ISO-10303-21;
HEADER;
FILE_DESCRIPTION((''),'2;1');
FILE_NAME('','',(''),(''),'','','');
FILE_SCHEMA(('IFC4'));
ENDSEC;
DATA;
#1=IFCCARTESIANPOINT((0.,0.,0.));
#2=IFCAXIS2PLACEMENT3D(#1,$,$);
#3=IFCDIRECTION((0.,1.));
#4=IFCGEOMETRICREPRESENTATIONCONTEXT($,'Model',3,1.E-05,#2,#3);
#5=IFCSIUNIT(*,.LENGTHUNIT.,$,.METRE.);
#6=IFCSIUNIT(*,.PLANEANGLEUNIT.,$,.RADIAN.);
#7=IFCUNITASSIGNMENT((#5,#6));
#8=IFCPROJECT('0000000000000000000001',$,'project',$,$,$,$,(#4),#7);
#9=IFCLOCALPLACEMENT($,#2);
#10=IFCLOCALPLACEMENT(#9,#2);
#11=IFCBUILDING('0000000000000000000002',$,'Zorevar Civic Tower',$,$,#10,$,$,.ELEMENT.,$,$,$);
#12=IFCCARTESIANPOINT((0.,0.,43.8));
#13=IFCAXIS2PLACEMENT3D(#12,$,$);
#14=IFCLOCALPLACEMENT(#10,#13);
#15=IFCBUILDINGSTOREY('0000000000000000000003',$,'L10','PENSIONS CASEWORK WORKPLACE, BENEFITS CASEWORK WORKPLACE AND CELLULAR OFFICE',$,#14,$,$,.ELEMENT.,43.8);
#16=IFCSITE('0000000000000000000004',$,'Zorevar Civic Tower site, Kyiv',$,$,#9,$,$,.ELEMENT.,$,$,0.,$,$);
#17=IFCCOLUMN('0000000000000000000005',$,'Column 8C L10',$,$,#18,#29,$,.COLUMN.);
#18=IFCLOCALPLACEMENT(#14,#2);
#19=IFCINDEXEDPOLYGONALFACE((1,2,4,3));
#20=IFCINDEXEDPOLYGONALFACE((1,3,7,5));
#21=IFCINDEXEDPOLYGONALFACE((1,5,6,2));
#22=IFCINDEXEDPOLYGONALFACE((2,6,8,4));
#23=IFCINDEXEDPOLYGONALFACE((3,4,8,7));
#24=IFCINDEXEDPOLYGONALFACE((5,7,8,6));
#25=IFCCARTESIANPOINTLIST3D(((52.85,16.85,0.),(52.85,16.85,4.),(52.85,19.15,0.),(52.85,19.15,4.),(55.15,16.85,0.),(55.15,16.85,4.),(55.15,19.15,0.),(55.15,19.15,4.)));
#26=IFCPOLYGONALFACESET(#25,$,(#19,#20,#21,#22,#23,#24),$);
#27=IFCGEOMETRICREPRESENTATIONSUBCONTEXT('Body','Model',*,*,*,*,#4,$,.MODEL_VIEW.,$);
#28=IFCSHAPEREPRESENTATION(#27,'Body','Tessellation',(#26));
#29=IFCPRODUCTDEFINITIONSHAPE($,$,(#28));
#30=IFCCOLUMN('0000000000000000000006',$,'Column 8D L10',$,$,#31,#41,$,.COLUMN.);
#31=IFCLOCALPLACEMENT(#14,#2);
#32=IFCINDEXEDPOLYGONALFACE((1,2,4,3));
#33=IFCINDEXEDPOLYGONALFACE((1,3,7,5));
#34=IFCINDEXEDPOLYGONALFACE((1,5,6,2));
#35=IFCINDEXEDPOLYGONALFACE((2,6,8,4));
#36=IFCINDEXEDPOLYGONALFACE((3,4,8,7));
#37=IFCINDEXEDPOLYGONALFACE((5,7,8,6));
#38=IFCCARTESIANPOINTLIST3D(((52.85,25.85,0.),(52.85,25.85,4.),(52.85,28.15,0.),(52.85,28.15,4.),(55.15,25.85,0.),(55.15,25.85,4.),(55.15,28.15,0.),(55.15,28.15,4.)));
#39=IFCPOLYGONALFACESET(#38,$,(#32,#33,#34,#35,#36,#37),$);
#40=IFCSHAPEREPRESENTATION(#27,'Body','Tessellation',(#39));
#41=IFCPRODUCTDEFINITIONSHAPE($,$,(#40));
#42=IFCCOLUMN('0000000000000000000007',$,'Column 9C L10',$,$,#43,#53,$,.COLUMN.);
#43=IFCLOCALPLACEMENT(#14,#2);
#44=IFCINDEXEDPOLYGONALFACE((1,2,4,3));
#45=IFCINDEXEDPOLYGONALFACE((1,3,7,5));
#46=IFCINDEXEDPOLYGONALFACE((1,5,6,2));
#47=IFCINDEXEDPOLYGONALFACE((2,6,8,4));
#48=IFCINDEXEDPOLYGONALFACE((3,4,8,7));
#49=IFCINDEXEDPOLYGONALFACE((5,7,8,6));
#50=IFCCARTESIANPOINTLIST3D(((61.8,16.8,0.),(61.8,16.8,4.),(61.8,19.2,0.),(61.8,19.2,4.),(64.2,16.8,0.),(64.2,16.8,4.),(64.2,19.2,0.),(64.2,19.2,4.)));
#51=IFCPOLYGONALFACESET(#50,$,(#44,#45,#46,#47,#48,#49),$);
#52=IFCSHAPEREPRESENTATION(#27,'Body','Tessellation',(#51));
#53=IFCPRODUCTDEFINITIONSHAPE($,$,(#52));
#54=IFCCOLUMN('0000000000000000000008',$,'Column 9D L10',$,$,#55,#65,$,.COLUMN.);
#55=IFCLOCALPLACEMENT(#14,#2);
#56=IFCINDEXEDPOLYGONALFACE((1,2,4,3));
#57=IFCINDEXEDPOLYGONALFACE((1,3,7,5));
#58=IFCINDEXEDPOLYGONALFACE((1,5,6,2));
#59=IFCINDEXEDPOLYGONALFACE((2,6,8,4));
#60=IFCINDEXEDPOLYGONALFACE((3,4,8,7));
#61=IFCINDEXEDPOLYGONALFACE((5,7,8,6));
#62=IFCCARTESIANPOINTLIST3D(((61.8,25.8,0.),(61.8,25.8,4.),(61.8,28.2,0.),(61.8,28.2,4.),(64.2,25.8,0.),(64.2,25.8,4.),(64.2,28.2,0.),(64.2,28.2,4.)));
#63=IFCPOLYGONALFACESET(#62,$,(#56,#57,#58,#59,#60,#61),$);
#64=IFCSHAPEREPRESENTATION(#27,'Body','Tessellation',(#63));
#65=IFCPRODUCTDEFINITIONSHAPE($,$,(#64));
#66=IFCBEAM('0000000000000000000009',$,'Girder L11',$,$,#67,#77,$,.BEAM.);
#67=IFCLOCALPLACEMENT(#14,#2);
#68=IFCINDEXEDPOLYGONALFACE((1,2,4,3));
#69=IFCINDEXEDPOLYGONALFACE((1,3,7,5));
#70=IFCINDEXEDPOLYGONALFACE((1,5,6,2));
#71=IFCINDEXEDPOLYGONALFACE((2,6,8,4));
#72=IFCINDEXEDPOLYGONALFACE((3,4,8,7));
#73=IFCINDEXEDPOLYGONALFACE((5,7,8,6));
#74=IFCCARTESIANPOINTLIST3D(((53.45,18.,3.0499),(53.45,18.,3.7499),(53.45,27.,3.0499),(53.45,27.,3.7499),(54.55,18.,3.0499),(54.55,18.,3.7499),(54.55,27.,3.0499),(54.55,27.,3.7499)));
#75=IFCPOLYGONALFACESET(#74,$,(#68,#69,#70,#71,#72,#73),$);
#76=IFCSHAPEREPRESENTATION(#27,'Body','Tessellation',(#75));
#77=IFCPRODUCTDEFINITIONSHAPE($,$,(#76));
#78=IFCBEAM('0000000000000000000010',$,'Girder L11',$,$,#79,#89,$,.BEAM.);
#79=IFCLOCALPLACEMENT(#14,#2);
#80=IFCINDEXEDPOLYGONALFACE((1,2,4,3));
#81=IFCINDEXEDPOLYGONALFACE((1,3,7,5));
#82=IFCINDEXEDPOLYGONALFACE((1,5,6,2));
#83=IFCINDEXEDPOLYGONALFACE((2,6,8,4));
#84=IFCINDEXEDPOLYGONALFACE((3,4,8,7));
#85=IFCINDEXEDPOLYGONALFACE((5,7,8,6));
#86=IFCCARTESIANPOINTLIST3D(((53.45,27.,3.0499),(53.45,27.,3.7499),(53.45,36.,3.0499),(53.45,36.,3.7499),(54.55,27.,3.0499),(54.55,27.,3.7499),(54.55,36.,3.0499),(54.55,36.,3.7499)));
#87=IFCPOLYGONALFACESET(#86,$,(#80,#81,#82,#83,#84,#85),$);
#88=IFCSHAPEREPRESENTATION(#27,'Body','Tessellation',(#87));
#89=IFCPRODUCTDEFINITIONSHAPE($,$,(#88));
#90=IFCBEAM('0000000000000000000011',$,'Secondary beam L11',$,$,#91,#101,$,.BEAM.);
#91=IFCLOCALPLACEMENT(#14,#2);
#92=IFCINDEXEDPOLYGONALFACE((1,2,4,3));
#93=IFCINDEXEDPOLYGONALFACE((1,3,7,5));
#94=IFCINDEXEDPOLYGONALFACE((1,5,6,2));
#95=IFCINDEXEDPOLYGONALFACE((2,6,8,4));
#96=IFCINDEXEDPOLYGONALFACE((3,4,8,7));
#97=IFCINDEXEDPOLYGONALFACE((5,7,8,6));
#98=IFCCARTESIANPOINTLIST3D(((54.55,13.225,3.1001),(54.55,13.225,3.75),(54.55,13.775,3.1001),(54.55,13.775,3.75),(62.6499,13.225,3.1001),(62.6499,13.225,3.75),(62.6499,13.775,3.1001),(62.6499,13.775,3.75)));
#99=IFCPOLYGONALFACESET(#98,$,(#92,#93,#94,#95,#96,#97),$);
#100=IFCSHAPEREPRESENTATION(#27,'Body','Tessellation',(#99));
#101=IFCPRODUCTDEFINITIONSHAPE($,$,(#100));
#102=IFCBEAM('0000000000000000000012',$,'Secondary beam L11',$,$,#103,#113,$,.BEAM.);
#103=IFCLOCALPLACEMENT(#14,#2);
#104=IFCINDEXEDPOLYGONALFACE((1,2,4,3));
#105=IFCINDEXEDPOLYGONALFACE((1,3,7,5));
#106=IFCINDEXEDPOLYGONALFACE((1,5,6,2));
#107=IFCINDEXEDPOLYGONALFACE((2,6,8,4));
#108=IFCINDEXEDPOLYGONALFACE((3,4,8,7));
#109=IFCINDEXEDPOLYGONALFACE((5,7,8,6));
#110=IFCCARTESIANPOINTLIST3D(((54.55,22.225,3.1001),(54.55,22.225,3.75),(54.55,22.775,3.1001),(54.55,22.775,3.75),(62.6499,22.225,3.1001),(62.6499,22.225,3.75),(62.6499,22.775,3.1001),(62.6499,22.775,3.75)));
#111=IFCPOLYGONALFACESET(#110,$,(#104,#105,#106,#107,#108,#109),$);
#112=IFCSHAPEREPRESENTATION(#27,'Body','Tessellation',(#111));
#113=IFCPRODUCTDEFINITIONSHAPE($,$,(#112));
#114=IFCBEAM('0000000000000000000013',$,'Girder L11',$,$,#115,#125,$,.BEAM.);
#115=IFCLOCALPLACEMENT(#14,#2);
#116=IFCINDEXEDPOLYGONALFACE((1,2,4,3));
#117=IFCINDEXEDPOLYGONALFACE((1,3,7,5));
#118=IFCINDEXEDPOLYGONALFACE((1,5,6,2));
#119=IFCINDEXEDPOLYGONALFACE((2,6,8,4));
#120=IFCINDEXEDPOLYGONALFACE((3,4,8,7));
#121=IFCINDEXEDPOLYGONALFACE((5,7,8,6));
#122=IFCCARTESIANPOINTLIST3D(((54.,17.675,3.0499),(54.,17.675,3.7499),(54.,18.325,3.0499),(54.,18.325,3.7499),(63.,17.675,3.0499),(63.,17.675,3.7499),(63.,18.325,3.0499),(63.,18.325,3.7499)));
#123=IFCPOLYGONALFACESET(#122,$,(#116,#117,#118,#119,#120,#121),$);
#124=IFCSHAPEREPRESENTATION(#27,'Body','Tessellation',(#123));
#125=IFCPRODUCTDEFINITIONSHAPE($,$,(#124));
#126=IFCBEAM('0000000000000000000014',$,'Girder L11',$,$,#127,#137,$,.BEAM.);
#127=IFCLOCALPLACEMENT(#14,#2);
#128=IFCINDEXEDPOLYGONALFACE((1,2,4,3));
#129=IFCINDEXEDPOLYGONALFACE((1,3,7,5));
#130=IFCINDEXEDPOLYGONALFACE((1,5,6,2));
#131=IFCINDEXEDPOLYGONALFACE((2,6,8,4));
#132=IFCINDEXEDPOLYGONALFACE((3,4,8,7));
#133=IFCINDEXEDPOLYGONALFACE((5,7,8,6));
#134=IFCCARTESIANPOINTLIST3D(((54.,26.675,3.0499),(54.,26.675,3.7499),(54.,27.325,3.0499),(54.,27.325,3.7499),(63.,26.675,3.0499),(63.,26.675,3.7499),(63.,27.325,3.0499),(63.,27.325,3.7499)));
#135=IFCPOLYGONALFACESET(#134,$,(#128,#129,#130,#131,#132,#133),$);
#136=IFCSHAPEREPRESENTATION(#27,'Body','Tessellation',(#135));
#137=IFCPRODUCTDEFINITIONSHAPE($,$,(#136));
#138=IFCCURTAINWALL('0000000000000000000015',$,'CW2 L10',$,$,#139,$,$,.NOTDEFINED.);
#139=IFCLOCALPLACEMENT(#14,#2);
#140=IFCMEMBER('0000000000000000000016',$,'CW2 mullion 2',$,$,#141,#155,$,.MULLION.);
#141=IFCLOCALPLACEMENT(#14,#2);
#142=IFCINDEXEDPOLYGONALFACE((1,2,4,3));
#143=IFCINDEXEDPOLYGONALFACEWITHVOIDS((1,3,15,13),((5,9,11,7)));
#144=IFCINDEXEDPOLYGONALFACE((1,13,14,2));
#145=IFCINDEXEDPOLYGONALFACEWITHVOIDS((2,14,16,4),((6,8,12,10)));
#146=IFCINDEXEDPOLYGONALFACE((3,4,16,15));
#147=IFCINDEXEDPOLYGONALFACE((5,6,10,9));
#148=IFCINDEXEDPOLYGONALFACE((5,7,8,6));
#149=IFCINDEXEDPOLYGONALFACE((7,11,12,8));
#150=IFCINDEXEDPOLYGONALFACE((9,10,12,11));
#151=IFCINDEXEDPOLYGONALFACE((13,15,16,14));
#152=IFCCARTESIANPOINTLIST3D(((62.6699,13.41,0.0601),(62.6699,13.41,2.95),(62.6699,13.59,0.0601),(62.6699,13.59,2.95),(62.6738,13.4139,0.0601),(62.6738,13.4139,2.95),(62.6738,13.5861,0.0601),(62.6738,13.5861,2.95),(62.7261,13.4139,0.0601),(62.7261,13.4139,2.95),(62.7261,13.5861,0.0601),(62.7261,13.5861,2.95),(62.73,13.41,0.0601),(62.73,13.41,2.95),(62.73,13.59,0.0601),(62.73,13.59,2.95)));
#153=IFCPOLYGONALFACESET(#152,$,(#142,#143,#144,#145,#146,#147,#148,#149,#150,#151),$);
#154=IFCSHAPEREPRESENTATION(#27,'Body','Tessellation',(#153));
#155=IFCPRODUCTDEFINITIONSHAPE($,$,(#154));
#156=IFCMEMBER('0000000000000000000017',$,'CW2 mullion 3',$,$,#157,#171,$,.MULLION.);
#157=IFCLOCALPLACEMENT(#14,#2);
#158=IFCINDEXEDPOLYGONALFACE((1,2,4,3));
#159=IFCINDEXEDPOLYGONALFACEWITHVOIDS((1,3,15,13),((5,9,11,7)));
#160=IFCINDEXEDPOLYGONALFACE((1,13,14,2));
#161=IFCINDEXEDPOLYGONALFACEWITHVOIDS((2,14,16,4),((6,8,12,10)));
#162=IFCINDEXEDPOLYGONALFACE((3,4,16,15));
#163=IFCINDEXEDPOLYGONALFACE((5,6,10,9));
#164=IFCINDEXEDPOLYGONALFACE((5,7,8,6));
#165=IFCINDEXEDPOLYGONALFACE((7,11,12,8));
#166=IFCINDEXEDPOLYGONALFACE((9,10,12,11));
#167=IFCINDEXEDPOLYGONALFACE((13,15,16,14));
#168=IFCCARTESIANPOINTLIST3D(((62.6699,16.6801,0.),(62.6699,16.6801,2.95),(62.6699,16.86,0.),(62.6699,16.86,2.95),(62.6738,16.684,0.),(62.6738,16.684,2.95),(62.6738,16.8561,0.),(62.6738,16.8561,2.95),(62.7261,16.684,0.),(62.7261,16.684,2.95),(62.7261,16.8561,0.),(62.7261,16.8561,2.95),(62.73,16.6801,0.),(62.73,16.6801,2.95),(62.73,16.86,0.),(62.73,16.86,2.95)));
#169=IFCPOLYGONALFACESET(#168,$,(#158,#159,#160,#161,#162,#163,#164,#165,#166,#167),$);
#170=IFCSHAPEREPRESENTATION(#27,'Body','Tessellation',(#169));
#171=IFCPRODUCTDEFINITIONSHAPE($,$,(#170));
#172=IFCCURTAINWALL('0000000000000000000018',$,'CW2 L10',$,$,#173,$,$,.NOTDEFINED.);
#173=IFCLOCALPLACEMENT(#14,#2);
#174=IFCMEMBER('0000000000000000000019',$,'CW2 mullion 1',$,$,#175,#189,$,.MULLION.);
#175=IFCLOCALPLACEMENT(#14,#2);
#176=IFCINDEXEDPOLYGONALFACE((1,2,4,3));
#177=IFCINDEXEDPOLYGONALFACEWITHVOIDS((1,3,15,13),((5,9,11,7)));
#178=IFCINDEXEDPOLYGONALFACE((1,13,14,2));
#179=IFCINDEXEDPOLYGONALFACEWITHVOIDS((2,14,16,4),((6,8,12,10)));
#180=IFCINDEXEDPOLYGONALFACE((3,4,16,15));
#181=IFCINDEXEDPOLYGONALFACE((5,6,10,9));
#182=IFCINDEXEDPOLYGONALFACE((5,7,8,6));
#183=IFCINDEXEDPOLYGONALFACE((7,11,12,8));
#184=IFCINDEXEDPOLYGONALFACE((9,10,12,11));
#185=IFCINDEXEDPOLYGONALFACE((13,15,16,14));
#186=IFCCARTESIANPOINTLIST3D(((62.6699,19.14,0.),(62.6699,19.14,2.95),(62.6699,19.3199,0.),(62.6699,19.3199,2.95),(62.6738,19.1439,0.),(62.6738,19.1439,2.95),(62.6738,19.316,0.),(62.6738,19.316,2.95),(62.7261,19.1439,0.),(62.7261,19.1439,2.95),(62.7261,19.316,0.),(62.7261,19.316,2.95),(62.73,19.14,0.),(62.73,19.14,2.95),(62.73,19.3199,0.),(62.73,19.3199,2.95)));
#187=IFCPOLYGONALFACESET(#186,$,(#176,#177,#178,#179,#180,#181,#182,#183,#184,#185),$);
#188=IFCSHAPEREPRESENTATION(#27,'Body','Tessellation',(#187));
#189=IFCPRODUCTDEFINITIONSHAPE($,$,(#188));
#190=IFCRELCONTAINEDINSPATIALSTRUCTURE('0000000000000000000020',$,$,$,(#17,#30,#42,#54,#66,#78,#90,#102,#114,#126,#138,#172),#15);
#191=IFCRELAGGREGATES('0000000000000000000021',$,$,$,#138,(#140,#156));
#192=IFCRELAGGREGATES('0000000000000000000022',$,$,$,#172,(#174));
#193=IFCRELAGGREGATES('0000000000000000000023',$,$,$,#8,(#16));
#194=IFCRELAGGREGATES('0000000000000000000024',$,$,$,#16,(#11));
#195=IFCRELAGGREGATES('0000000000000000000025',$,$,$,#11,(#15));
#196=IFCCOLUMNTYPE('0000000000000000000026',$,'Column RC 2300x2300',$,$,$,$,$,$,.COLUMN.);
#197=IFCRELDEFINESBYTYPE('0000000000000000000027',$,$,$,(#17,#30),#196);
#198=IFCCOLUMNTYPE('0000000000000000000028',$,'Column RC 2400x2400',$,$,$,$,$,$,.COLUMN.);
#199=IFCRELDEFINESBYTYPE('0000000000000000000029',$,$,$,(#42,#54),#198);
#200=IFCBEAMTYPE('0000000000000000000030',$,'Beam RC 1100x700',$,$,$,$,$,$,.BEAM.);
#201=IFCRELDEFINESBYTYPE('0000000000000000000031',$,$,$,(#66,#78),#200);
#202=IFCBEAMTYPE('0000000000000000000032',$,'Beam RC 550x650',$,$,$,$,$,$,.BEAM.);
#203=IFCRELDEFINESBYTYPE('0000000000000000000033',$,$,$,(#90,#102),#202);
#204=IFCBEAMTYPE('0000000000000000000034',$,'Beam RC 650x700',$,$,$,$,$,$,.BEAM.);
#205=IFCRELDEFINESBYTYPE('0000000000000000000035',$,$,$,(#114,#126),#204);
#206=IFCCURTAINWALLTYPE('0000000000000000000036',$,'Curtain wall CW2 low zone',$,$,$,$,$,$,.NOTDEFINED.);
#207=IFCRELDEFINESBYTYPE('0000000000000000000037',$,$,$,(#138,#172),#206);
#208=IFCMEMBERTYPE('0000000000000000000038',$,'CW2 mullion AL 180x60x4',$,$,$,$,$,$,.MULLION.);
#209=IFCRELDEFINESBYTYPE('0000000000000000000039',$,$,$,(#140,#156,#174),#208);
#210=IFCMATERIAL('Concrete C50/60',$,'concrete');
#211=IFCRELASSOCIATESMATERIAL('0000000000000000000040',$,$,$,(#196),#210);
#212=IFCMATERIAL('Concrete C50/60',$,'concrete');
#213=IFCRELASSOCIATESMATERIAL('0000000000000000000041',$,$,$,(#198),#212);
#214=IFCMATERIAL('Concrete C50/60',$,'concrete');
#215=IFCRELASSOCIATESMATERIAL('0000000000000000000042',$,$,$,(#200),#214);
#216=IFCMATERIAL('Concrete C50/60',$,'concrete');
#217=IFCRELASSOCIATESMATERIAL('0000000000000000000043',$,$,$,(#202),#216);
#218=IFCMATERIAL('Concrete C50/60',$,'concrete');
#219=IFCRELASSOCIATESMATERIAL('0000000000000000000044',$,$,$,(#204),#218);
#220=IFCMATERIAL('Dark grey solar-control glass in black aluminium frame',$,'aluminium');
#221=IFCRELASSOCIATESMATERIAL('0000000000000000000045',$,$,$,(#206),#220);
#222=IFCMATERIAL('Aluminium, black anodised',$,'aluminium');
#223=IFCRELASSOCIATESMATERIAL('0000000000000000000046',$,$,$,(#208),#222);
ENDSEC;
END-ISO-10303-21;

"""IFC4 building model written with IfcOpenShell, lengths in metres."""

from ifc_helpers import new_model, si_unit, direction, frame, origin, origin_2d, place, context, subcontext, project, spatial, rectangle, hollow_rectangle, extrude, material, material_profile, profile_set, type_object, element, aggregate, save


model = new_model("IFC4")

# Units and contexts
model_context = context("Model", 3, precision=1e-05, world=origin(), true_north=direction((0.0, 1.0)))
body_context = subcontext(model_context, "Body", "Model", "MODEL_VIEW")
ifc_project = project(units=[si_unit("LENGTHUNIT", "METRE"), si_unit("PLANEANGLEUNIT", "RADIAN")], contexts=[model_context])

# Site, building, storey
site_placement = place(None, origin())
site = spatial("IfcSite", under=ifc_project, at=site_placement, Name="Zorevar Civic Tower site, Kyiv", CompositionType="ELEMENT", RefElevation=0.0)
building_placement = place(site_placement, origin())
building = spatial("IfcBuilding", under=site, at=building_placement, Name="Zorevar Civic Tower", CompositionType="ELEMENT")
storey_placement = place(building_placement, frame((0.0, 0.0, 43.8)))
storey = spatial("IfcBuildingStorey", under=building, at=storey_placement, Name="L10", Description="PENSIONS CASEWORK WORKPLACE, BENEFITS CASEWORK WORKPLACE AND CELLULAR OFFICE", CompositionType="ELEMENT", Elevation=43.8)

# Columns
ifc_material_1 = material(Name="Concrete C50/60", Category="concrete")
ifc_material_profile_1 = material_profile(ifc_material_1, rectangle(XDim=2.3, YDim=2.3, at=origin_2d()), Name="RC 2300x2300")
ifc_profile_set_1 = profile_set([ifc_material_profile_1], Name="Concrete C50/60")
column_type_1 = type_object("IfcColumnType", Name="Column RC 2300x2300", PredefinedType="COLUMN", material=ifc_profile_set_1)
for number, where, z_axis, x_axis, name in (
    (1, (54.0, 18.0, 0.0), (0.0, 0.0, 1.0), (1.0, 0.0, 0.0), "Column 8C L10"),
    (2, (54.0, 27.0, 0.0), (0.0, 0.0, 1.0), (1.0, 0.0, 0.0), "Column 8D L10"),
):
    element("IfcColumn", number, at=place(storey_placement, frame(where, z_axis=z_axis, x_axis=x_axis)), inside=storey, type_object=column_type_1, Name=name, PredefinedType="COLUMN", context=body_context, shape_type="SweptSolid", body=[
        extrude(rectangle(XDim=2.3, YDim=2.3, at=origin_2d()), origin(), (0.0, 0.0, 1.0), 4.0),
    ])
ifc_material_2 = material(Name="Concrete C50/60", Category="concrete")
ifc_material_profile_2 = material_profile(ifc_material_2, rectangle(XDim=2.3999, YDim=2.3999, at=origin_2d()), Name="RC 2400x2400")
ifc_profile_set_2 = profile_set([ifc_material_profile_2], Name="Concrete C50/60")
column_type_2 = type_object("IfcColumnType", Name="Column RC 2400x2400", PredefinedType="COLUMN", material=ifc_profile_set_2)
for number, where, z_axis, x_axis, name in (
    (3, (63.0, 18.0, 0.0), (0.0, 0.0, 1.0), (1.0, 0.0, 0.0), "Column 9C L10"),
    (4, (63.0, 27.0, 0.0), (0.0, 0.0, 1.0), (1.0, 0.0, 0.0), "Column 9D L10"),
):
    element("IfcColumn", number, at=place(storey_placement, frame(where, z_axis=z_axis, x_axis=x_axis)), inside=storey, type_object=column_type_2, Name=name, PredefinedType="COLUMN", context=body_context, shape_type="SweptSolid", body=[
        extrude(rectangle(XDim=2.3999, YDim=2.3999, at=origin_2d()), origin(), (0.0, 0.0, 1.0), 4.0),
    ])

# Beams
ifc_material_3 = material(Name="Concrete C50/60", Category="concrete")
ifc_material_profile_3 = material_profile(ifc_material_3, rectangle(XDim=1.1001, YDim=0.7, at=origin_2d()), Name="RC 1100x700")
ifc_profile_set_3 = profile_set([ifc_material_profile_3], Name="Concrete C50/60")
beam_type_1 = type_object("IfcBeamType", Name="Beam RC 1100x700", PredefinedType="BEAM", material=ifc_profile_set_3)
for number, where, z_axis, x_axis, name in (
    (5, (54.0, 18.0, 3.3999), (0.0, 1.0, 0.0), (-1.0, 0.0, 0.0), "Girder L11"),
    (6, (54.0, 27.0, 3.3999), (0.0, 1.0, 0.0), (-1.0, 0.0, 0.0), "Girder L11"),
):
    element("IfcBeam", number, at=place(storey_placement, frame(where, z_axis=z_axis, x_axis=x_axis)), inside=storey, type_object=beam_type_1, Name=name, PredefinedType="BEAM", context=body_context, shape_type="SweptSolid", body=[
        extrude(rectangle(XDim=1.1001, YDim=0.7, at=origin_2d()), origin(), (0.0, 0.0, 1.0), 9.0),
    ])
ifc_material_4 = material(Name="Concrete C50/60", Category="concrete")
ifc_material_profile_4 = material_profile(ifc_material_4, rectangle(XDim=0.55, YDim=0.6499, at=origin_2d()), Name="RC 550x650")
ifc_profile_set_4 = profile_set([ifc_material_profile_4], Name="Concrete C50/60")
beam_type_2 = type_object("IfcBeamType", Name="Beam RC 550x650", PredefinedType="BEAM", material=ifc_profile_set_4)
for number, where, z_axis, x_axis, name in (
    (7, (54.55, 13.5, 3.425), (1.0, 0.0, 0.0), (0.0, 1.0, 0.0), "Secondary beam L11"),
    (8, (54.55, 22.5, 3.425), (1.0, 0.0, 0.0), (0.0, 1.0, 0.0), "Secondary beam L11"),
):
    element("IfcBeam", number, at=place(storey_placement, frame(where, z_axis=z_axis, x_axis=x_axis)), inside=storey, type_object=beam_type_2, Name=name, PredefinedType="BEAM", context=body_context, shape_type="SweptSolid", body=[
        extrude(rectangle(XDim=0.55, YDim=0.6499, at=origin_2d()), origin(), (0.0, 0.0, 1.0), 8.0999),
    ])
ifc_material_5 = material(Name="Concrete C50/60", Category="concrete")
ifc_material_profile_5 = material_profile(ifc_material_5, rectangle(XDim=0.6499, YDim=0.7, at=origin_2d()), Name="RC 650x700")
ifc_profile_set_5 = profile_set([ifc_material_profile_5], Name="Concrete C50/60")
beam_type_3 = type_object("IfcBeamType", Name="Beam RC 650x700", PredefinedType="BEAM", material=ifc_profile_set_5)
for number, where, z_axis, x_axis, name in (
    (9, (54.0, 18.0, 3.3999), (1.0, 0.0, 0.0), (0.0, 1.0, 0.0), "Girder L11"),
    (10, (54.0, 27.0, 3.3999), (1.0, 0.0, 0.0), (0.0, 1.0, 0.0), "Girder L11"),
):
    element("IfcBeam", number, at=place(storey_placement, frame(where, z_axis=z_axis, x_axis=x_axis)), inside=storey, type_object=beam_type_3, Name=name, PredefinedType="BEAM", context=body_context, shape_type="SweptSolid", body=[
        extrude(rectangle(XDim=0.6499, YDim=0.7, at=origin_2d()), origin(), (0.0, 0.0, 1.0), 9.0),
    ])

# Curtain walls, members
ifc_material_6 = material(Name="Dark grey solar-control glass in black aluminium frame", Category="aluminium")
curtain_wall_type = type_object("IfcCurtainWallType", Name="Curtain wall CW2 low zone", PredefinedType="NOTDEFINED", material=ifc_material_6)
curtain_wall_1_placement = place(storey_placement, origin())
curtain_wall_1 = element("IfcCurtainWall", 11, at=curtain_wall_1_placement, inside=storey, type_object=curtain_wall_type, Name="CW2 L10", PredefinedType="NOTDEFINED")
ifc_material_7 = material(Name="Aluminium, black anodised", Category="aluminium")
ifc_material_profile_6 = material_profile(ifc_material_7, hollow_rectangle(XDim=0.0601, YDim=0.1799, WallThickness=0.0039, at=origin_2d()), Name="AL 180x60x4")
ifc_profile_set_6 = profile_set([ifc_material_profile_6], Name="Aluminium, black anodised")
member_type_1 = type_object("IfcMemberType", Name="CW2 mullion AL 180x60x4", PredefinedType="MULLION", material=ifc_profile_set_6)
member_1_placement = place(storey_placement, frame((62.7, 13.5, 0.0601), z_axis=(0.0, 0.0, 1.0), x_axis=(-1.0, 0.0, 0.0)))
member_1 = element("IfcMember", 12, at=member_1_placement, type_object=member_type_1, Name="CW2 mullion 2", PredefinedType="MULLION", context=body_context, shape_type="SweptSolid", body=[
    extrude(hollow_rectangle(XDim=0.0601, YDim=0.1799, WallThickness=0.0039, at=origin_2d()), origin(), (0.0, 0.0, 1.0), 2.8899),
])
member_2_placement = place(storey_placement, frame((62.7, 16.77, 0.0), z_axis=(0.0, 0.0, 1.0), x_axis=(-1.0, 0.0, 0.0)))
member_2 = element("IfcMember", 13, at=member_2_placement, type_object=member_type_1, Name="CW2 mullion 3", PredefinedType="MULLION", context=body_context, shape_type="SweptSolid", body=[
    extrude(hollow_rectangle(XDim=0.0601, YDim=0.1799, WallThickness=0.0039, at=origin_2d()), origin(), (0.0, 0.0, 1.0), 2.95),
])
curtain_wall_2_placement = place(storey_placement, origin())
curtain_wall_2 = element("IfcCurtainWall", 14, at=curtain_wall_2_placement, inside=storey, type_object=curtain_wall_type, Name="CW2 L10", PredefinedType="NOTDEFINED")
member_3_placement = place(storey_placement, frame((62.7, 19.23, 0.0), z_axis=(0.0, 0.0, 1.0), x_axis=(-1.0, 0.0, 0.0)))
member_3 = element("IfcMember", 15, at=member_3_placement, type_object=member_type_1, Name="CW2 mullion 1", PredefinedType="MULLION", context=body_context, shape_type="SweptSolid", body=[
    extrude(hollow_rectangle(XDim=0.0601, YDim=0.1799, WallThickness=0.0039, at=origin_2d()), origin(), (0.0, 0.0, 1.0), 2.95),
])

aggregate(curtain_wall_1, [member_1, member_2])
aggregate(curtain_wall_2, [member_3])

save(model, "model.ifc")
